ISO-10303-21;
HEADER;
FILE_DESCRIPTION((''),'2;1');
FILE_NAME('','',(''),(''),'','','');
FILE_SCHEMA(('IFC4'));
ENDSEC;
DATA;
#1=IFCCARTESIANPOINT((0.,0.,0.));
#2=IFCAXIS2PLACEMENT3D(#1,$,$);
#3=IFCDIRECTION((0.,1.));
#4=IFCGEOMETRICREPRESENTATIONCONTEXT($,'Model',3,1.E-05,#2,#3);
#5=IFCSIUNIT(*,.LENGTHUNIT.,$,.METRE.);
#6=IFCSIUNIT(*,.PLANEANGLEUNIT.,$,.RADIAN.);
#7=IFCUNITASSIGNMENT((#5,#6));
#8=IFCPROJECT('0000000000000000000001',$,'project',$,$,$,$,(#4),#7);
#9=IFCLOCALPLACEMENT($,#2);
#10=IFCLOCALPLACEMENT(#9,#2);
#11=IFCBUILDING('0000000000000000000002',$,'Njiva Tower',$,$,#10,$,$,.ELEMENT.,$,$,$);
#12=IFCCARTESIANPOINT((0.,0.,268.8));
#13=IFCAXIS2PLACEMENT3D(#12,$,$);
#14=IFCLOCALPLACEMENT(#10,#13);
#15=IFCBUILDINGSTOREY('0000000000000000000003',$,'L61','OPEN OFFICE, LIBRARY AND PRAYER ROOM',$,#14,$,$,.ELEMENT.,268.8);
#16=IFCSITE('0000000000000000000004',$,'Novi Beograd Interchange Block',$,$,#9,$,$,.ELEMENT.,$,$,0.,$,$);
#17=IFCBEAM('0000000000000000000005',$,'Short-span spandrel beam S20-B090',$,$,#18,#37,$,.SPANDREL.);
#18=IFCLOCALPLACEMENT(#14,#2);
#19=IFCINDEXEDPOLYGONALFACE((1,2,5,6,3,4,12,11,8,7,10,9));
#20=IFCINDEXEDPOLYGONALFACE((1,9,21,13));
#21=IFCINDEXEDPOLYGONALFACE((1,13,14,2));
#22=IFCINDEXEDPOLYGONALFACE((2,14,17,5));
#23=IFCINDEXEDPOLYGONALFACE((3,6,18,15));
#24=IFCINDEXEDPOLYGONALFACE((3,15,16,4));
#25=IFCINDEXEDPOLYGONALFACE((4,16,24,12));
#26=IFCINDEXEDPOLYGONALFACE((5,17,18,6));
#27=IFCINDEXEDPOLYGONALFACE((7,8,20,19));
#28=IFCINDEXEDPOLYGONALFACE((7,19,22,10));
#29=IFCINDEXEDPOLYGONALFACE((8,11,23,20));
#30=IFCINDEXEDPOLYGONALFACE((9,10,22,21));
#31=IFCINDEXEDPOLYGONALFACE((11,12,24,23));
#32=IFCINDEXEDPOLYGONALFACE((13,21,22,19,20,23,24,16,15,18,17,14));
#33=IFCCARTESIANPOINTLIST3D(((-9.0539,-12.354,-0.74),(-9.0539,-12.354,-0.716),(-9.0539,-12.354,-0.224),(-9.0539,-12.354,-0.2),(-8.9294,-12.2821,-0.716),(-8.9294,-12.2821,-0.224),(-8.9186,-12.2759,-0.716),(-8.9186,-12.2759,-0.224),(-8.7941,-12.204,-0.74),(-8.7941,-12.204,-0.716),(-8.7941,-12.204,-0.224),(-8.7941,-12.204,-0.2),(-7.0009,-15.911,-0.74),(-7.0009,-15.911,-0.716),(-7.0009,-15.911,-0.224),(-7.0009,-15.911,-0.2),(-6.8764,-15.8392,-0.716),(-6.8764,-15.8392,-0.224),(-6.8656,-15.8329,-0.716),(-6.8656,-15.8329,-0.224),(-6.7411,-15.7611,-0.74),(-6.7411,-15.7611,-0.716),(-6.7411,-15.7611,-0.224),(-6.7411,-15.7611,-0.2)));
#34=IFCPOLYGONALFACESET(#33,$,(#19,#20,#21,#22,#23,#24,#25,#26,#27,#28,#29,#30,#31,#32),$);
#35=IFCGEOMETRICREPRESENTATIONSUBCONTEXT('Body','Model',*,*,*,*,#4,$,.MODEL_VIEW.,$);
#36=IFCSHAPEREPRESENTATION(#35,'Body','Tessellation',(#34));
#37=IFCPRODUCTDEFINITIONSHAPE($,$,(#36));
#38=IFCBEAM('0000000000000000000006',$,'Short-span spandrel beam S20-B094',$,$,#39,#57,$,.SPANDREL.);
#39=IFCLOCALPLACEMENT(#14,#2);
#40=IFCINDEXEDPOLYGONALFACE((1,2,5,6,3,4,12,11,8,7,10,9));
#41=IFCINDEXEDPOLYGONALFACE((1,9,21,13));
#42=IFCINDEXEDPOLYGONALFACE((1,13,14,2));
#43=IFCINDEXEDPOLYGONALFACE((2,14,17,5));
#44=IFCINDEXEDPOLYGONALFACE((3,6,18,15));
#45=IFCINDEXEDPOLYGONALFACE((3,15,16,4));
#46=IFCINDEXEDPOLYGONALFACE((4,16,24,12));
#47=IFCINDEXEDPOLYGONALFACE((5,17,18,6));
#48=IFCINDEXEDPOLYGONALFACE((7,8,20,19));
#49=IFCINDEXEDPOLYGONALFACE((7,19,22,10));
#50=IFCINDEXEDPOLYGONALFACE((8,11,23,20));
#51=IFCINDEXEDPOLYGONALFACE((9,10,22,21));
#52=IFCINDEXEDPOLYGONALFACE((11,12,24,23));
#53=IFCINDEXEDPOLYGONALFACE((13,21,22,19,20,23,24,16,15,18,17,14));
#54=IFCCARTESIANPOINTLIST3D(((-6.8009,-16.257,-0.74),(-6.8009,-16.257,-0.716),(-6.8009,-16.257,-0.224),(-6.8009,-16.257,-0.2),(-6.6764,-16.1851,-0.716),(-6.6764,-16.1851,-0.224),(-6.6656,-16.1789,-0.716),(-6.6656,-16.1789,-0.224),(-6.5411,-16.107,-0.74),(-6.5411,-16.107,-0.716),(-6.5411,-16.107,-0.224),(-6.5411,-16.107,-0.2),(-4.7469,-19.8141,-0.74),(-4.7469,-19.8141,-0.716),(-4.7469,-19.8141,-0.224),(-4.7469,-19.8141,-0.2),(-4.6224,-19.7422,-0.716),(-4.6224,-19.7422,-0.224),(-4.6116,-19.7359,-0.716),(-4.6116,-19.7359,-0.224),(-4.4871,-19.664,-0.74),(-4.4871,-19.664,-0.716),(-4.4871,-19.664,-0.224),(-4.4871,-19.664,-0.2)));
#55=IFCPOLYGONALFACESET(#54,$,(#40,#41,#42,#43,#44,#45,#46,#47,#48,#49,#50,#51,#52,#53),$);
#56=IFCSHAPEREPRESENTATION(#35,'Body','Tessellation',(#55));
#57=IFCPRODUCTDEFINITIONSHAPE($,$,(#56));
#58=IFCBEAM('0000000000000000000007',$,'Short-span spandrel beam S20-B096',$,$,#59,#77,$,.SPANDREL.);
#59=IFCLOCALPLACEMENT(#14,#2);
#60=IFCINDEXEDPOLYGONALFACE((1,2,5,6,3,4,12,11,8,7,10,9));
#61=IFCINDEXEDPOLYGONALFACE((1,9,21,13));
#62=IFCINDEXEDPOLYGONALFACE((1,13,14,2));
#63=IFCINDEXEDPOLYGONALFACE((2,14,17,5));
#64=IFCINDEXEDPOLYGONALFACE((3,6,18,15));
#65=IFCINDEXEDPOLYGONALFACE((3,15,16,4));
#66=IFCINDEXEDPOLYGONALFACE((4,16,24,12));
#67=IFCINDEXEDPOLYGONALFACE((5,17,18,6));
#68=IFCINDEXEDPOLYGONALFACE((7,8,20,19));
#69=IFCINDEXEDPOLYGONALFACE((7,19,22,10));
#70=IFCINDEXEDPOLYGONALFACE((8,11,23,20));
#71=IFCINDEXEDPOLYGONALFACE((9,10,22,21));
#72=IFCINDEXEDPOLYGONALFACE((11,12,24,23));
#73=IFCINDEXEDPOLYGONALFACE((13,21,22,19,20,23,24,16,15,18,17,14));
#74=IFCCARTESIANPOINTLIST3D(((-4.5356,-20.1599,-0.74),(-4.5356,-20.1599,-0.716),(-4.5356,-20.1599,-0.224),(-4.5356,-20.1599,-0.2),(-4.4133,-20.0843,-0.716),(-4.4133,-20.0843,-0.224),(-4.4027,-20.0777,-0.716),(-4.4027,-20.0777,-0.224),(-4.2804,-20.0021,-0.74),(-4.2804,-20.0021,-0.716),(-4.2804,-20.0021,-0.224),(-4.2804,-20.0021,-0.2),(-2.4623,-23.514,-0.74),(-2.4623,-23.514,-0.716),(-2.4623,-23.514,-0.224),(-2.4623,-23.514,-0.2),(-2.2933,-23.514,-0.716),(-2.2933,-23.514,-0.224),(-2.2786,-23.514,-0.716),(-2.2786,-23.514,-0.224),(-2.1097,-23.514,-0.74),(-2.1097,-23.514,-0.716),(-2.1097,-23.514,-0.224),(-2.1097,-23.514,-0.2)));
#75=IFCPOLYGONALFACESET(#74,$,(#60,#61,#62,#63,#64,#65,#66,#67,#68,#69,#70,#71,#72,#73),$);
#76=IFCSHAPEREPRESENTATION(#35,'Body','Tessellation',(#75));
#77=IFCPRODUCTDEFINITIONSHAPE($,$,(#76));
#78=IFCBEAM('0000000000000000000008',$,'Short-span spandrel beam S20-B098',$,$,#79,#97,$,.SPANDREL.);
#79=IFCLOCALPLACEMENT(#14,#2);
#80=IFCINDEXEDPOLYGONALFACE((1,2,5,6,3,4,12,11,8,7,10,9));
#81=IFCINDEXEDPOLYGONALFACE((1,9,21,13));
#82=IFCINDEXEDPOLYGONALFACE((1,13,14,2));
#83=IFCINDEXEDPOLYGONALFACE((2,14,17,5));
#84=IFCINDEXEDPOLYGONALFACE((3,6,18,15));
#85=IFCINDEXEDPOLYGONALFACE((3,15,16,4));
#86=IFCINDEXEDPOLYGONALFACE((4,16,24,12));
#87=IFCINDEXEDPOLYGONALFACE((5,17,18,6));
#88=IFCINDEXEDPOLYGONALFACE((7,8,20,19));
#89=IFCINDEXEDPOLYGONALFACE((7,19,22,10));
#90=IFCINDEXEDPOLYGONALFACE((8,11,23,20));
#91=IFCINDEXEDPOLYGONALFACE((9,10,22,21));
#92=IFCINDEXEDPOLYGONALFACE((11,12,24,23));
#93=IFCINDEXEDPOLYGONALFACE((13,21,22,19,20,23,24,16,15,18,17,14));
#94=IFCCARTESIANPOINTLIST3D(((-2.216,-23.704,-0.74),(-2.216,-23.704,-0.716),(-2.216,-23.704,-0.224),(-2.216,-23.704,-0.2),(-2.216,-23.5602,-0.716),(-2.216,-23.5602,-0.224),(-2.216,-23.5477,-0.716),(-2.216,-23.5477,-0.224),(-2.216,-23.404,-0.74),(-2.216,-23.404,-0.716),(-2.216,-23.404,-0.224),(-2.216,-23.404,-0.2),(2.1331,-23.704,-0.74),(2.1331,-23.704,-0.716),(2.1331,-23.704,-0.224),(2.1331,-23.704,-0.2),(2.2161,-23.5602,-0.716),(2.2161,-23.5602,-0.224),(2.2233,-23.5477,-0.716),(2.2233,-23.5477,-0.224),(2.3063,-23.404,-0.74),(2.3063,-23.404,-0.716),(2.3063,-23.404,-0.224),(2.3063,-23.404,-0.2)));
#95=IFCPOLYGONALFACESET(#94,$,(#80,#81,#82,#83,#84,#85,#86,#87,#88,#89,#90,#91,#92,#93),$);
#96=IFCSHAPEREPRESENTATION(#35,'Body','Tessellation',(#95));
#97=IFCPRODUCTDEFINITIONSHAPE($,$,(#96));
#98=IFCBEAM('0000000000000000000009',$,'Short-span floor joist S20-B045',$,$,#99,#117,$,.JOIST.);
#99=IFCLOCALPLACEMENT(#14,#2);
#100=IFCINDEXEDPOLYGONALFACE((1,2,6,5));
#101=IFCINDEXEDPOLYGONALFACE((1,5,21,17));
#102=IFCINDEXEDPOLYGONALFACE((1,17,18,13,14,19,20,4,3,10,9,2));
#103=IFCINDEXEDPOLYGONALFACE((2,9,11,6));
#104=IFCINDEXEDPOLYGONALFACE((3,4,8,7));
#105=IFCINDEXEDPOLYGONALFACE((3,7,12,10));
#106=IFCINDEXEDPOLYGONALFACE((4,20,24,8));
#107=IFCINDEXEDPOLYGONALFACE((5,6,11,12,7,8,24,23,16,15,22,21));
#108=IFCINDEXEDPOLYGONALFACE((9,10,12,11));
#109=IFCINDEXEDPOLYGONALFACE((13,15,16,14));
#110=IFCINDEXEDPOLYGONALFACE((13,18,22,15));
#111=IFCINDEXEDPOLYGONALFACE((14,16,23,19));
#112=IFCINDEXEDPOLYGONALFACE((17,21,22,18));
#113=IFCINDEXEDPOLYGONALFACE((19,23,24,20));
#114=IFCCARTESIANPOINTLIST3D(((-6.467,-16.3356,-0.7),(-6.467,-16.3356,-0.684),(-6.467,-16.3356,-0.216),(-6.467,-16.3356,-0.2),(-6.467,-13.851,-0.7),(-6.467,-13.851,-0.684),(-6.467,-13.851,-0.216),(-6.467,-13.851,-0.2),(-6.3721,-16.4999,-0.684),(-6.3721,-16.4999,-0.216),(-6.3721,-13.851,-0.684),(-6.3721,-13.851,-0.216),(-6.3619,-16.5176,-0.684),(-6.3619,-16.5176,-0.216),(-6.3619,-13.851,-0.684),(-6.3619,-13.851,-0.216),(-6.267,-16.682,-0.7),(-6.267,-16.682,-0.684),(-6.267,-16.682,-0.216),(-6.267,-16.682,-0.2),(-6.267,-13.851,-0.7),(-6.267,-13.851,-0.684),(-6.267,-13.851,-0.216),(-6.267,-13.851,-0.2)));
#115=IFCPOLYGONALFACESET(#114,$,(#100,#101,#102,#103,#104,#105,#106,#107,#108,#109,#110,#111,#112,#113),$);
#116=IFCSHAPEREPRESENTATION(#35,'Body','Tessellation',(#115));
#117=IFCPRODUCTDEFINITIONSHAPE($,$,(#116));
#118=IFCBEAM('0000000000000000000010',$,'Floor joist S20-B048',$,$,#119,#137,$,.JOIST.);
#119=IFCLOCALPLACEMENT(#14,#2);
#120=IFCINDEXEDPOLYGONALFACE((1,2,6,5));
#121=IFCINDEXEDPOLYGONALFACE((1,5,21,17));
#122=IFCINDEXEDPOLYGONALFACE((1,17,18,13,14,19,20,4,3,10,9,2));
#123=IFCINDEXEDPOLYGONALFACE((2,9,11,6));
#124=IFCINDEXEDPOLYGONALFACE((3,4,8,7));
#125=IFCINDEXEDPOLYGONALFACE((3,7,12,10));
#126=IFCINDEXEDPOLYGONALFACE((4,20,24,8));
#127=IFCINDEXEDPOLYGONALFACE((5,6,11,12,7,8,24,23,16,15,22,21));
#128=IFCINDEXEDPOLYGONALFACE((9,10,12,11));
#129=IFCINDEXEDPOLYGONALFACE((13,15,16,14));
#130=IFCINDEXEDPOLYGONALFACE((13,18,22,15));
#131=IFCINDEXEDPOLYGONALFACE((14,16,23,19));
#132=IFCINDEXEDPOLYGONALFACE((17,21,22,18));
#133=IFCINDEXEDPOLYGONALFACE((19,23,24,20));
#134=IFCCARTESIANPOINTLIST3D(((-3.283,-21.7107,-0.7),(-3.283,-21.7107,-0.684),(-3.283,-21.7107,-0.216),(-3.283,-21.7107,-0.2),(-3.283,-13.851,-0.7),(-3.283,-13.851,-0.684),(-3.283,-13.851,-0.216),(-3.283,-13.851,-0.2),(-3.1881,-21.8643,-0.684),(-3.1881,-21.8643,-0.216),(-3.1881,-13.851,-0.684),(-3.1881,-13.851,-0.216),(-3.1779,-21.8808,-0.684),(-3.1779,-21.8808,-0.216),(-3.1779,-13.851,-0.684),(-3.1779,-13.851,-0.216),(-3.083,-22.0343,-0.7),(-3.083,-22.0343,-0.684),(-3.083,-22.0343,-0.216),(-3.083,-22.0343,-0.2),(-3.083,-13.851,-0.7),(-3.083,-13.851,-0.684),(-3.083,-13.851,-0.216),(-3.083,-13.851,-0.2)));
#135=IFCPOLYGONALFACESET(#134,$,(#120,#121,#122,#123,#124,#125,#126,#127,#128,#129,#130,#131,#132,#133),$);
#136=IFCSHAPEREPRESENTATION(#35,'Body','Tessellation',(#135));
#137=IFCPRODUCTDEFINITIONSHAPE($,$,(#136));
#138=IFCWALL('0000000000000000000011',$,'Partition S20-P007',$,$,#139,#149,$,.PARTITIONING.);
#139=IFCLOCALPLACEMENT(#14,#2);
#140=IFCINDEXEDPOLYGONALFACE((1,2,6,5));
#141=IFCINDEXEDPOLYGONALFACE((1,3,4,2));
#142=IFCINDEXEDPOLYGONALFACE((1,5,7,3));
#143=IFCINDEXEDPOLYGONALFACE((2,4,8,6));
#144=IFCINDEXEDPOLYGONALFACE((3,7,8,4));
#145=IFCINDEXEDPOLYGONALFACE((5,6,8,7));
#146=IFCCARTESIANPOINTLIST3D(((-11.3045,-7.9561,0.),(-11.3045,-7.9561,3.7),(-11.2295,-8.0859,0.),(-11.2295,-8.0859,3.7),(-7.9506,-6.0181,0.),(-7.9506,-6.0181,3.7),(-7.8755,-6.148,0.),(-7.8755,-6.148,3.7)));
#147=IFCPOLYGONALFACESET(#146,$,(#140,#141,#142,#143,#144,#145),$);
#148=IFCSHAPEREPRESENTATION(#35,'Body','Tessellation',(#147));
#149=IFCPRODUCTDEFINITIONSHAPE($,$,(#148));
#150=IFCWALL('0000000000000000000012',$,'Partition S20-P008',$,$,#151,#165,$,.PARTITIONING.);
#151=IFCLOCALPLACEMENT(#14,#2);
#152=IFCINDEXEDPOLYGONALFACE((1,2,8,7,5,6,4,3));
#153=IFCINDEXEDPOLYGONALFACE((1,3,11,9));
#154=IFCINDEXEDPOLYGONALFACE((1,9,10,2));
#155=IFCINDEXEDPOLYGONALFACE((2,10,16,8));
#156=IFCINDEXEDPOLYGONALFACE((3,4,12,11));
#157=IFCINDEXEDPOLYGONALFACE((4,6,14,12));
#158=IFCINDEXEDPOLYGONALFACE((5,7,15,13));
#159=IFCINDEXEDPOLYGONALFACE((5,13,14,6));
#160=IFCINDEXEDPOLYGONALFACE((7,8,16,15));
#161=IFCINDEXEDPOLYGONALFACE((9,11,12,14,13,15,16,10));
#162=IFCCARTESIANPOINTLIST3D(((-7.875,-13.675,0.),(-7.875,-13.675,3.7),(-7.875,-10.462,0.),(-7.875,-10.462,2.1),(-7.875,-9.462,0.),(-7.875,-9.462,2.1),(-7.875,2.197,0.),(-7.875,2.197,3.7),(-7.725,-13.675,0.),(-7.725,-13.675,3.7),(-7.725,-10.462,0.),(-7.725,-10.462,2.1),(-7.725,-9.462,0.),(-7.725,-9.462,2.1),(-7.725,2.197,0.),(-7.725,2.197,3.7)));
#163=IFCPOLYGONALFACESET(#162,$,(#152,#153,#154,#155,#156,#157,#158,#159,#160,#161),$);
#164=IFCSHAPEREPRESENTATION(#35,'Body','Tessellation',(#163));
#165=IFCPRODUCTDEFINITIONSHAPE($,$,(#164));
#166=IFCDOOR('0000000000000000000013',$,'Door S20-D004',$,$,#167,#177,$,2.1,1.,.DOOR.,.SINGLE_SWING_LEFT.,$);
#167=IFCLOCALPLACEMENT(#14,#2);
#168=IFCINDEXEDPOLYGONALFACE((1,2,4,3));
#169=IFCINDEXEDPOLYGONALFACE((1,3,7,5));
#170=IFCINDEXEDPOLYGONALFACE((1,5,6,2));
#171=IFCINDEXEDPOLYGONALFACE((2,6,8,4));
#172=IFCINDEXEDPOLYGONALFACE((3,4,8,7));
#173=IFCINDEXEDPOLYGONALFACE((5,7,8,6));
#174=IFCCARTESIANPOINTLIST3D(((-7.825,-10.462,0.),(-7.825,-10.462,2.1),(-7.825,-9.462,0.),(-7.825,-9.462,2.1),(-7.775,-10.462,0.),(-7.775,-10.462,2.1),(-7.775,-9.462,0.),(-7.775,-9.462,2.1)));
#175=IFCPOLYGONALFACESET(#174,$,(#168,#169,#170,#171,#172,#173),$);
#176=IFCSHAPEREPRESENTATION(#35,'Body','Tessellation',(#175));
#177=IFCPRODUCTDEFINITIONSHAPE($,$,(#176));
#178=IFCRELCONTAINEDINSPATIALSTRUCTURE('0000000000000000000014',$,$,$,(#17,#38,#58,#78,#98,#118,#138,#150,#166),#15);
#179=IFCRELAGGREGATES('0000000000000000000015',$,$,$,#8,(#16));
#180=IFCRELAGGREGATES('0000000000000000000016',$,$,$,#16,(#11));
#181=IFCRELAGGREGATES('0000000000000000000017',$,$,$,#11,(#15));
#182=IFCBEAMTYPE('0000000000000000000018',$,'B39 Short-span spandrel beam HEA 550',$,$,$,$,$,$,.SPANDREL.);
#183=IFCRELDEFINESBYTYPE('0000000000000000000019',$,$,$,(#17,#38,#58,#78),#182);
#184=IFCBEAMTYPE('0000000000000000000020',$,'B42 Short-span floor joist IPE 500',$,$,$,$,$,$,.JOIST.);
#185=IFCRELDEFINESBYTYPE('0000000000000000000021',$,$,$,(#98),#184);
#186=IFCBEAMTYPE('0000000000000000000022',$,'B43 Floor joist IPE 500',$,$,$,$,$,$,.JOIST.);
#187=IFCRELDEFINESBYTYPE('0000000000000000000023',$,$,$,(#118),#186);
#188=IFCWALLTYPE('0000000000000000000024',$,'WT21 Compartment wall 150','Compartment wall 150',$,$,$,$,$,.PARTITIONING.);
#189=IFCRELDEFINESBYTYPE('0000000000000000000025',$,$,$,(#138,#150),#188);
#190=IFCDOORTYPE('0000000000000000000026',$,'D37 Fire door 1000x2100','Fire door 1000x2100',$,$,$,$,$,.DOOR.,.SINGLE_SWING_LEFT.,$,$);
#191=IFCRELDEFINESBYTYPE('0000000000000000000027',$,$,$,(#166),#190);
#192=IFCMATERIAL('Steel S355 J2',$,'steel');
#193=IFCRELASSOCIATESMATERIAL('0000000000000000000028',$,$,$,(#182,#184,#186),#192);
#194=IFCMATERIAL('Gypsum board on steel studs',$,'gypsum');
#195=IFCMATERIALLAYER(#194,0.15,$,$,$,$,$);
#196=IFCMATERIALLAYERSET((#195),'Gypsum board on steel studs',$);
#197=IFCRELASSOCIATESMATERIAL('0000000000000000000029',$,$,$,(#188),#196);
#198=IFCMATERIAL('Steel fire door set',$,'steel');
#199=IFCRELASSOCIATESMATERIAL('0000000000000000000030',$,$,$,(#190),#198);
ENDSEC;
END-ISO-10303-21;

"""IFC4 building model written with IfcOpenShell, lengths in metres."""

from ifc_helpers import new_model, si_unit, direction, frame, frame_2d, origin, origin_2d, place, context, subcontext, project, spatial, rectangle, i_section, extrude, clip, halfspace, material, layer, layer_set, material_profile, profile_set, type_object, element, fill, save


model = new_model("IFC4")

# Units and contexts
model_context = context("Model", 3, precision=1e-05, world=origin(), true_north=direction((0.0, 1.0)))
body_context = subcontext(model_context, "Body", "Model", "MODEL_VIEW")
ifc_project = project(units=[si_unit("LENGTHUNIT", "METRE"), si_unit("PLANEANGLEUNIT", "RADIAN")], contexts=[model_context])

# Site, building, storey
site_placement = place(None, origin())
site = spatial("IfcSite", under=ifc_project, at=site_placement, Name="Novi Beograd Interchange Block", CompositionType="ELEMENT", RefElevation=0.0)
building_placement = place(site_placement, origin())
building = spatial("IfcBuilding", under=site, at=building_placement, Name="Njiva Tower", CompositionType="ELEMENT")
storey_placement = place(building_placement, frame((0.0, 0.0, 268.8)))
storey = spatial("IfcBuildingStorey", under=building, at=storey_placement, Name="L61", Description="OPEN OFFICE, LIBRARY AND PRAYER ROOM", CompositionType="ELEMENT", Elevation=268.8)

# Shared definitions
ifc_material_1 = material(Name="Steel S355 J2", Category="steel")

# Beams
ifc_material_profile_1 = material_profile(ifc_material_1, i_section(OverallWidth=0.3, OverallDepth=0.54, WebThickness=0.0125, FlangeThickness=0.024, at=origin_2d()), Name="HEA 550")
ifc_profile_set_1 = profile_set([ifc_material_profile_1], Name="Steel S355 J2")
beam_type_1 = type_object("IfcBeamType", Name="B39 Short-span spandrel beam HEA 550", PredefinedType="SPANDREL", material=ifc_profile_set_1)
beam_1_placement = place(storey_placement, frame((-8.924, -12.279, -0.47), z_axis=(0.499884, -0.866092, 0.0), x_axis=(0.866092, 0.499884, 0.0)))
element("IfcBeam", 1, at=beam_1_placement, inside=storey, type_object=beam_type_1, Name="Short-span spandrel beam S20-B090", PredefinedType="SPANDREL", context=body_context, shape_type="SweptSolid", body=[
    extrude(i_section(OverallWidth=0.3, OverallDepth=0.54, WebThickness=0.0125, FlangeThickness=0.024, at=origin_2d()), origin(), (0.0, 0.0, 1.0), 4.107),
])
beam_2_placement = place(storey_placement, frame((-6.671, -16.182, -0.47), z_axis=(0.500067, -0.865987, 0.0), x_axis=(0.865987, 0.500067, 0.0)))
element("IfcBeam", 2, at=beam_2_placement, inside=storey, type_object=beam_type_1, Name="Short-span spandrel beam S20-B094", PredefinedType="SPANDREL", context=body_context, shape_type="SweptSolid", body=[
    extrude(i_section(OverallWidth=0.3, OverallDepth=0.54, WebThickness=0.0125, FlangeThickness=0.024, at=origin_2d()), origin(), (0.0, 0.0, 1.0), 4.1075),
])
beam_3_placement = place(storey_placement, frame((-4.408, -20.081, -0.47), z_axis=(0.525783, -0.850619, 0.0), x_axis=(0.850619, 0.525783, 0.0)))
element("IfcBeam", 3, at=beam_3_placement, inside=storey, type_object=beam_type_1, Name="Short-span spandrel beam S20-B096", PredefinedType="SPANDREL", context=body_context, shape_type="Clipping", body=[
    clip(extrude(i_section(OverallWidth=0.3, OverallDepth=0.54, WebThickness=0.0125, FlangeThickness=0.024, at=origin_2d()), origin(), (0.0, 0.0, 1.0), 4.1489), halfspace(frame((-0.0262, 0.0, 4.0197), z_axis=(-0.525783, 0.0, 0.850619), x_axis=(0.0, 1.0, 0.0)), False)),
])
beam_4_placement = place(storey_placement, frame((-2.216, -23.554, -0.47), z_axis=(1.0, 0.0, 0.0), x_axis=(0.0, 1.0, 0.0)))
element("IfcBeam", 4, at=beam_4_placement, inside=storey, type_object=beam_type_1, Name="Short-span spandrel beam S20-B098", PredefinedType="SPANDREL", context=body_context, shape_type="Clipping", body=[
    clip(extrude(i_section(OverallWidth=0.3, OverallDepth=0.54, WebThickness=0.0125, FlangeThickness=0.024, at=origin_2d()), origin(), (0.0, 0.0, 1.0), 4.543), halfspace(frame((-0.0248, 0.0, 4.4214), z_axis=(-0.499998, 0.0, 0.866027), x_axis=(0.0, 1.0, 0.0)), False)),
])
ifc_material_profile_2 = material_profile(ifc_material_1, i_section(OverallWidth=0.2, OverallDepth=0.5, WebThickness=0.0102, FlangeThickness=0.016, at=origin_2d()), Name="IPE 500")
ifc_profile_set_2 = profile_set([ifc_material_profile_2], Name="Steel S355 J2")
beam_type_2 = type_object("IfcBeamType", Name="B42 Short-span floor joist IPE 500", PredefinedType="JOIST", material=ifc_profile_set_2)
beam_5_placement = place(storey_placement, frame((-6.367, -13.851, -0.45), z_axis=(0.0, -1.0, 0.0), x_axis=(1.0, 0.0, 0.0)))
element("IfcBeam", 5, at=beam_5_placement, inside=storey, type_object=beam_type_2, Name="Short-span floor joist S20-B045", PredefinedType="JOIST", context=body_context, shape_type="Clipping", body=[
    clip(extrude(i_section(OverallWidth=0.2, OverallDepth=0.5, WebThickness=0.0102, FlangeThickness=0.016, at=origin_2d()), origin(), (0.0, 0.0, 1.0), 2.851), halfspace(frame((-0.043, 0.0, 2.5833), z_axis=(-0.866027, 0.0, 0.499998), x_axis=(0.0, 1.0, 0.0)), False)),
])
ifc_material_profile_3 = material_profile(ifc_material_1, i_section(OverallWidth=0.2, OverallDepth=0.5, WebThickness=0.0102, FlangeThickness=0.016, at=origin_2d()), Name="IPE 500")
ifc_profile_set_3 = profile_set([ifc_material_profile_3], Name="Steel S355 J2")
beam_type_3 = type_object("IfcBeamType", Name="B43 Floor joist IPE 500", PredefinedType="JOIST", material=ifc_profile_set_3)
beam_6_placement = place(storey_placement, frame((-3.183, -13.851, -0.45), z_axis=(0.0, -1.0, 0.0), x_axis=(1.0, 0.0, 0.0)))
element("IfcBeam", 6, at=beam_6_placement, inside=storey, type_object=beam_type_3, Name="Floor joist S20-B048", PredefinedType="JOIST", context=body_context, shape_type="Clipping", body=[
    clip(extrude(i_section(OverallWidth=0.2, OverallDepth=0.5, WebThickness=0.0102, FlangeThickness=0.016, at=origin_2d()), origin(), (0.0, 0.0, 1.0), 8.203), halfspace(frame((-0.0429, 0.0, 7.9521), z_axis=(-0.85062, 0.0, 0.52578), x_axis=(0.0, 1.0, 0.0)), False)),
])

# Wall
ifc_material_2 = material(Name="Gypsum board on steel studs", Category="gypsum")
ifc_layer_1 = layer(ifc_material_2, 0.15)
ifc_layer_set_1 = layer_set([ifc_layer_1], Name="Gypsum board on steel studs")
wall_type_1 = type_object("IfcWallType", Name="WT21 Compartment wall 150", Description="Compartment wall 150", PredefinedType="PARTITIONING", material=ifc_layer_set_1)
wall_1_placement = place(storey_placement, frame((-11.267, -8.021, 0.0), z_axis=(0.0, 0.0, 1.0), x_axis=(0.86585, 0.500303, 0.0)))
element("IfcWall", 7, at=wall_1_placement, inside=storey, type_object=wall_type_1, Name="Partition S20-P007", PredefinedType="PARTITIONING", context=body_context, shape_type="SweptSolid", body=[
    extrude(rectangle(XDim=3.8736, YDim=0.15, at=frame_2d((1.9368, 0.0))), origin(), (0.0, 0.0, 1.0), 3.7),
])

# Wall, opening, door
wall_2_placement = place(storey_placement, frame((-7.8, -13.675, 0.0), z_axis=(0.0, 0.0, 1.0), x_axis=(0.0, 1.0, 0.0)))
wall_2 = element("IfcWall", 8, at=wall_2_placement, inside=storey, type_object=wall_type_1, Name="Partition S20-P008", PredefinedType="PARTITIONING", context=body_context, shape_type="SweptSolid", body=[
    extrude(rectangle(XDim=15.872, YDim=0.15, at=frame_2d((7.936, 0.0))), origin(), (0.0, 0.0, 1.0), 3.7),
])
opening_1_placement = place(wall_2_placement, frame((3.213, 0.0, 0.0)))
opening_1 = element("IfcOpeningElement", 9, at=opening_1_placement, cuts=wall_2, PredefinedType="OPENING", context=body_context, shape_type="SweptSolid", body=[
    extrude(rectangle(XDim=1.0, YDim=2.1, at=frame_2d((0.5, 1.05))), frame((0.0, 0.085, 0.0), z_axis=(0.0, -1.0, 0.0), x_axis=(1.0, 0.0, 0.0)), (0.0, 0.0, 1.0), 0.17),
])
ifc_material_3 = material(Name="Steel fire door set", Category="steel")
door_type = type_object("IfcDoorType", Name="D37 Fire door 1000x2100", Description="Fire door 1000x2100", OperationType="SINGLE_SWING_LEFT", PredefinedType="DOOR", material=ifc_material_3)
door_1_placement = place(opening_1_placement, origin())
door_1 = element("IfcDoor", 10, at=door_1_placement, inside=storey, type_object=door_type, Name="Door S20-D004", OperationType="SINGLE_SWING_LEFT", OverallHeight=2.1, OverallWidth=1.0, PredefinedType="DOOR", context=body_context, shape_type="SweptSolid", body=[
    extrude(rectangle(XDim=1.0, YDim=2.1, at=frame_2d((0.5, 1.05))), frame((0.0, 0.025, 0.0), z_axis=(0.0, -1.0, 0.0), x_axis=(1.0, 0.0, 0.0)), (0.0, 0.0, 1.0), 0.05),
])
fill(opening_1, door_1)

save(model, "model.ifc")
